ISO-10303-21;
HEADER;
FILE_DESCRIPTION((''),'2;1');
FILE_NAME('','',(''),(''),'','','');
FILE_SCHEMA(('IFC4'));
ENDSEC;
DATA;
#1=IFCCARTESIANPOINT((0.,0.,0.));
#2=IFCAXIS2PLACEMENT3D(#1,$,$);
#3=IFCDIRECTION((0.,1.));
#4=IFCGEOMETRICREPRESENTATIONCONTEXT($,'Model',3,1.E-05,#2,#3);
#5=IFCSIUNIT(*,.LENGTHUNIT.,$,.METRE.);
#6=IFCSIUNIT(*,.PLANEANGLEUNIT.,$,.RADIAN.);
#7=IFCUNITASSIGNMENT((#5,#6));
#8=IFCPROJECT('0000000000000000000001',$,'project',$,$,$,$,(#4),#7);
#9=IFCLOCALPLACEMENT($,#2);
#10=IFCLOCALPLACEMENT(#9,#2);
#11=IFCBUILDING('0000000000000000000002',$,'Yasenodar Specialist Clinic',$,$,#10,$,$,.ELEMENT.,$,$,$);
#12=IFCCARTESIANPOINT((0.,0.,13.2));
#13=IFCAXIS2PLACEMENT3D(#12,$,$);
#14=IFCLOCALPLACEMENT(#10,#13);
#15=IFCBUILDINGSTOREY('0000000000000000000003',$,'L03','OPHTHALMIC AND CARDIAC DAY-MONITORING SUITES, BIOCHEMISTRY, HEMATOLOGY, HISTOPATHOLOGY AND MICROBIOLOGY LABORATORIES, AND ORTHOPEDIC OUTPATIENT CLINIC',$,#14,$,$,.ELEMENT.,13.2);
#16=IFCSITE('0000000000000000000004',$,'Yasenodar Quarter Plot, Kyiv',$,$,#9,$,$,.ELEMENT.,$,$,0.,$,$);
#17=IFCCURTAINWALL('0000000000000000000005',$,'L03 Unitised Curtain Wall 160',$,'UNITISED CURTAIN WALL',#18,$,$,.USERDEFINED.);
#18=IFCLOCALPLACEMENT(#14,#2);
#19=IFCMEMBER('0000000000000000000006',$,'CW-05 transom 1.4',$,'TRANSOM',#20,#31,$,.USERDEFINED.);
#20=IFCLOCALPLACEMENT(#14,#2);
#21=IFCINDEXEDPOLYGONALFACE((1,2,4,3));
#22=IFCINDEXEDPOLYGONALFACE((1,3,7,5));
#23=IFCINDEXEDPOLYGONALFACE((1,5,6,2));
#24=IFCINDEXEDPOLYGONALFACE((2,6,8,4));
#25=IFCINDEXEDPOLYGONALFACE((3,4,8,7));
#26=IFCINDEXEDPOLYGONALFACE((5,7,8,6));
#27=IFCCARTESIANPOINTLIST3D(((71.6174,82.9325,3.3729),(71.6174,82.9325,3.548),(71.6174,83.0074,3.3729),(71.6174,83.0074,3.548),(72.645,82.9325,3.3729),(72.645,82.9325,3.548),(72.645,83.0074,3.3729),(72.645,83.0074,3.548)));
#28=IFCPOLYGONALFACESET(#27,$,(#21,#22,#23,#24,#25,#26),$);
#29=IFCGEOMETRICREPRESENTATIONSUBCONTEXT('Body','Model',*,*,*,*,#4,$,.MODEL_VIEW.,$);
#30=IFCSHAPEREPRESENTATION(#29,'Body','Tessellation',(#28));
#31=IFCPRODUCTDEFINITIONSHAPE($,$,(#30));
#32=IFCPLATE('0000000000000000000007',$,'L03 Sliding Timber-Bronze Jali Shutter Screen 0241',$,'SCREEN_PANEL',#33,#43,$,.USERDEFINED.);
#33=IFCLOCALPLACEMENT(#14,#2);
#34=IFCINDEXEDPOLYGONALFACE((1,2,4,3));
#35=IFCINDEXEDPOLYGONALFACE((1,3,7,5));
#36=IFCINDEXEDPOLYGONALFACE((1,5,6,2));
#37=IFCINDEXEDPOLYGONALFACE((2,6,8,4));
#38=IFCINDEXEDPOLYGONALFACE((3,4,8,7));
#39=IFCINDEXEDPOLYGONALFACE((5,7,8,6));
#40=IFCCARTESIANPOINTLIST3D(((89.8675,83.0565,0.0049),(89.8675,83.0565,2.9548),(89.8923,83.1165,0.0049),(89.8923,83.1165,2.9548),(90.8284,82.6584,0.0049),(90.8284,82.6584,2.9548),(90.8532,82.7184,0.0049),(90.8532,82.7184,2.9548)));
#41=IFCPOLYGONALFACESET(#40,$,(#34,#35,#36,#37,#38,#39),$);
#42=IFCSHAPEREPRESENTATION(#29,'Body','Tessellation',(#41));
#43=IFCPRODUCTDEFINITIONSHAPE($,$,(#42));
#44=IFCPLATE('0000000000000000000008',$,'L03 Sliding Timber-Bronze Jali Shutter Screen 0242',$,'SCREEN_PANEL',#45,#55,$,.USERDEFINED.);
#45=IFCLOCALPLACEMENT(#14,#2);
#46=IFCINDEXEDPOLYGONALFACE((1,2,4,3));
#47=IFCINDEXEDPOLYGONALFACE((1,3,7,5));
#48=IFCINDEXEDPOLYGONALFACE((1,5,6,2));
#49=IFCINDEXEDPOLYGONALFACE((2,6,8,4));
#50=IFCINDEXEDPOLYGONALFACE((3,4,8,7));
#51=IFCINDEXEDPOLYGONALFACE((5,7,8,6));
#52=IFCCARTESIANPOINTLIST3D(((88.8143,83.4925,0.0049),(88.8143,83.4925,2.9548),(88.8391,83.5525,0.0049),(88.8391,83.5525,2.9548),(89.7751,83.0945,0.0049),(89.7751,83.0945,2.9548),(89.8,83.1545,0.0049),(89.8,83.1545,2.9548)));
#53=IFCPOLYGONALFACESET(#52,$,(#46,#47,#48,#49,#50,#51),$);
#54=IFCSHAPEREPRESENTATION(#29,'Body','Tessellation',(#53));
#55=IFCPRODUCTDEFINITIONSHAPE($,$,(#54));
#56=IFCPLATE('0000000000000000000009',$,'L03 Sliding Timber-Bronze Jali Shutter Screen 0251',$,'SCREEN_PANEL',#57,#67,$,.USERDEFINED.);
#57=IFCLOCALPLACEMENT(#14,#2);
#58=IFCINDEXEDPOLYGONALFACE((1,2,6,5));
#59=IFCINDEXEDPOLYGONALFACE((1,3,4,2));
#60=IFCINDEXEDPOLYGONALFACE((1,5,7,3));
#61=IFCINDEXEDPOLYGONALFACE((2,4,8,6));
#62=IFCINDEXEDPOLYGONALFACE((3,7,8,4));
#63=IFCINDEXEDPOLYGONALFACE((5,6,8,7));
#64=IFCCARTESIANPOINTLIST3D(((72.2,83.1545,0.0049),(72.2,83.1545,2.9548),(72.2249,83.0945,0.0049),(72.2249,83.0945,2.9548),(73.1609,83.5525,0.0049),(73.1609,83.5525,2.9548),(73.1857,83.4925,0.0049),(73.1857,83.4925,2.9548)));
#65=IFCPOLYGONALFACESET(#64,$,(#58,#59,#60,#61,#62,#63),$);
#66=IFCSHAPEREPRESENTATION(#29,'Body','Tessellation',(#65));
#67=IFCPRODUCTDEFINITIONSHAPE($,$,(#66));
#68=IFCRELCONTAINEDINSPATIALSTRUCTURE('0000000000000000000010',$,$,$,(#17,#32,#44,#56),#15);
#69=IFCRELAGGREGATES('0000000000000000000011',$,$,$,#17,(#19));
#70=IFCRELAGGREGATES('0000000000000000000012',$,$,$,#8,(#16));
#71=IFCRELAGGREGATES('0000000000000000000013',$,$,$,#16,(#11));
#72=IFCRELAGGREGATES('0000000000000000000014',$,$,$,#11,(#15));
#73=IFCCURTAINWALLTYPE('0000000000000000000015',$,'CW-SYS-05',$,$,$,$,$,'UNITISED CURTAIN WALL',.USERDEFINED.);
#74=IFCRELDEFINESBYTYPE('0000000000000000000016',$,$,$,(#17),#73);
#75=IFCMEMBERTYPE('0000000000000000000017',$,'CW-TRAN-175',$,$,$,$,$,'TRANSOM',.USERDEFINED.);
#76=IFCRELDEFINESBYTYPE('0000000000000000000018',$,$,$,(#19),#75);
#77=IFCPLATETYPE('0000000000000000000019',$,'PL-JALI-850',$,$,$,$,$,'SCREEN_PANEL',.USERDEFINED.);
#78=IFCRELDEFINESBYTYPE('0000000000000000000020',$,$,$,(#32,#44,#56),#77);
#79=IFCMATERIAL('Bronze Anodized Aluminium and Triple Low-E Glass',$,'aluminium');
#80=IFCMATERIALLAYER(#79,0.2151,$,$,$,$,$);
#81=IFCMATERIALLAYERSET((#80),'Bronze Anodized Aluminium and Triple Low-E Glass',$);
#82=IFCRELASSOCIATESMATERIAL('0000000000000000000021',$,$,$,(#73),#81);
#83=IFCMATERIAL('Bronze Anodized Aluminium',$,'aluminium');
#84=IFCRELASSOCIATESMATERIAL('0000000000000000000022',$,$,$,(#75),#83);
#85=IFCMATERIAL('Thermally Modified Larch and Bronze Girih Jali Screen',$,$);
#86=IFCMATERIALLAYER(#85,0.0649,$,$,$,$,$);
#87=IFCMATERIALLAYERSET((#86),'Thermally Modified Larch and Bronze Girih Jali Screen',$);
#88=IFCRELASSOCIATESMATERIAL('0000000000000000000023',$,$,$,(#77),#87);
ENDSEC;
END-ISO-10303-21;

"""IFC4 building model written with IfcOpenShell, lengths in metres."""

from ifc_helpers import new_model, si_unit, direction, frame, origin, origin_2d, place, context, subcontext, project, spatial, rectangle, extrude, material, layer, layer_set, material_profile, profile_set, type_object, element, aggregate, save


model = new_model("IFC4")

# Units and contexts
model_context = context("Model", 3, precision=1e-05, world=origin(), true_north=direction((0.0, 1.0)))
body_context = subcontext(model_context, "Body", "Model", "MODEL_VIEW")
ifc_project = project(units=[si_unit("LENGTHUNIT", "METRE"), si_unit("PLANEANGLEUNIT", "RADIAN")], contexts=[model_context])

# Site, building, storey
site_placement = place(None, origin())
site = spatial("IfcSite", under=ifc_project, at=site_placement, Name="Yasenodar Quarter Plot, Kyiv", CompositionType="ELEMENT", RefElevation=0.0)
building_placement = place(site_placement, origin())
building = spatial("IfcBuilding", under=site, at=building_placement, Name="Yasenodar Specialist Clinic", CompositionType="ELEMENT")
storey_placement = place(building_placement, frame((0.0, 0.0, 13.2)))
storey = spatial("IfcBuildingStorey", under=building, at=storey_placement, Name="L03", Description="OPHTHALMIC AND CARDIAC DAY-MONITORING SUITES, BIOCHEMISTRY, HEMATOLOGY, HISTOPATHOLOGY AND MICROBIOLOGY LABORATORIES, AND ORTHOPEDIC OUTPATIENT CLINIC", CompositionType="ELEMENT", Elevation=13.2)

# Curtain wall
ifc_material_1 = material(Name="Bronze Anodized Aluminium and Triple Low-E Glass", Category="aluminium")
ifc_material_2 = material(Name="Bronze Anodized Aluminium", Category="aluminium")
ifc_layer_1 = layer(ifc_material_1, 0.2151)
ifc_layer_set_1 = layer_set([ifc_layer_1], Name="Bronze Anodized Aluminium and Triple Low-E Glass")
curtain_wall_type_1 = type_object("IfcCurtainWallType", Name="CW-SYS-05", ElementType="UNITISED CURTAIN WALL", PredefinedType="USERDEFINED", material=ifc_layer_set_1)
curtain_wall_1_placement = place(storey_placement, origin())
curtain_wall_1 = element("IfcCurtainWall", 1, at=curtain_wall_1_placement, inside=storey, type_object=curtain_wall_type_1, Name="L03 Unitised Curtain Wall 160", ObjectType="UNITISED CURTAIN WALL", PredefinedType="USERDEFINED")

# Member
ifc_material_profile_1 = material_profile(ifc_material_2, rectangle(XDim=0.075, YDim=0.175, at=origin_2d()), Name="CW-TRAN 75x175")
ifc_profile_set_1 = profile_set([ifc_material_profile_1], Name="Bronze Anodized Aluminium")
member_type_1 = type_object("IfcMemberType", Name="CW-TRAN-175", ElementType="TRANSOM", PredefinedType="USERDEFINED", material=ifc_profile_set_1)
member_1_placement = place(storey_placement, frame((72.645, 82.97, 3.4604), z_axis=(-1.0, 0.0, 0.0), x_axis=(0.0, -1.0, 0.0)))
member_1 = element("IfcMember", 2, at=member_1_placement, type_object=member_type_1, Name="CW-05 transom 1.4", ObjectType="TRANSOM", PredefinedType="USERDEFINED", context=body_context, shape_type="SweptSolid", body=[
    extrude(rectangle(XDim=0.075, YDim=0.175, at=origin_2d()), origin(), (0.0, 0.0, 1.0), 1.0276),
])
aggregate(curtain_wall_1, [member_1])

# Plates
ifc_material_3 = material(Name="Thermally Modified Larch and Bronze Girih Jali Screen")
ifc_layer_2 = layer(ifc_material_3, 0.0649)
ifc_layer_set_2 = layer_set([ifc_layer_2], Name="Thermally Modified Larch and Bronze Girih Jali Screen")
plate_type = type_object("IfcPlateType", Name="PL-JALI-850", ElementType="SCREEN_PANEL", PredefinedType="USERDEFINED", material=ifc_layer_set_2)
for number, where, z_axis, x_axis, name in (
    (3, (90.3604, 82.8875, 0.0049), (0.0, 0.0, 1.0), (-0.923878, 0.382687, 0.0), "L03 Sliding Timber-Bronze Jali Shutter Screen 0241"),
    (4, (89.3071, 83.3235, 0.0049), (0.0, 0.0, 1.0), (-0.923878, 0.382687, 0.0), "L03 Sliding Timber-Bronze Jali Shutter Screen 0242"),
    (5, (72.6929, 83.3235, 0.0049), (0.0, 0.0, 1.0), (-0.923878, -0.382687, 0.0), "L03 Sliding Timber-Bronze Jali Shutter Screen 0251"),
):
    element("IfcPlate", number, at=place(storey_placement, frame(where, z_axis=z_axis, x_axis=x_axis)), inside=storey, type_object=plate_type, Name=name, ObjectType="SCREEN_PANEL", PredefinedType="USERDEFINED", context=body_context, shape_type="SweptSolid", body=[
        extrude(rectangle(XDim=1.04, YDim=0.0649, at=origin_2d()), origin(), (0.0, 0.0, 1.0), 2.95),
    ])

save(model, "model.ifc")
